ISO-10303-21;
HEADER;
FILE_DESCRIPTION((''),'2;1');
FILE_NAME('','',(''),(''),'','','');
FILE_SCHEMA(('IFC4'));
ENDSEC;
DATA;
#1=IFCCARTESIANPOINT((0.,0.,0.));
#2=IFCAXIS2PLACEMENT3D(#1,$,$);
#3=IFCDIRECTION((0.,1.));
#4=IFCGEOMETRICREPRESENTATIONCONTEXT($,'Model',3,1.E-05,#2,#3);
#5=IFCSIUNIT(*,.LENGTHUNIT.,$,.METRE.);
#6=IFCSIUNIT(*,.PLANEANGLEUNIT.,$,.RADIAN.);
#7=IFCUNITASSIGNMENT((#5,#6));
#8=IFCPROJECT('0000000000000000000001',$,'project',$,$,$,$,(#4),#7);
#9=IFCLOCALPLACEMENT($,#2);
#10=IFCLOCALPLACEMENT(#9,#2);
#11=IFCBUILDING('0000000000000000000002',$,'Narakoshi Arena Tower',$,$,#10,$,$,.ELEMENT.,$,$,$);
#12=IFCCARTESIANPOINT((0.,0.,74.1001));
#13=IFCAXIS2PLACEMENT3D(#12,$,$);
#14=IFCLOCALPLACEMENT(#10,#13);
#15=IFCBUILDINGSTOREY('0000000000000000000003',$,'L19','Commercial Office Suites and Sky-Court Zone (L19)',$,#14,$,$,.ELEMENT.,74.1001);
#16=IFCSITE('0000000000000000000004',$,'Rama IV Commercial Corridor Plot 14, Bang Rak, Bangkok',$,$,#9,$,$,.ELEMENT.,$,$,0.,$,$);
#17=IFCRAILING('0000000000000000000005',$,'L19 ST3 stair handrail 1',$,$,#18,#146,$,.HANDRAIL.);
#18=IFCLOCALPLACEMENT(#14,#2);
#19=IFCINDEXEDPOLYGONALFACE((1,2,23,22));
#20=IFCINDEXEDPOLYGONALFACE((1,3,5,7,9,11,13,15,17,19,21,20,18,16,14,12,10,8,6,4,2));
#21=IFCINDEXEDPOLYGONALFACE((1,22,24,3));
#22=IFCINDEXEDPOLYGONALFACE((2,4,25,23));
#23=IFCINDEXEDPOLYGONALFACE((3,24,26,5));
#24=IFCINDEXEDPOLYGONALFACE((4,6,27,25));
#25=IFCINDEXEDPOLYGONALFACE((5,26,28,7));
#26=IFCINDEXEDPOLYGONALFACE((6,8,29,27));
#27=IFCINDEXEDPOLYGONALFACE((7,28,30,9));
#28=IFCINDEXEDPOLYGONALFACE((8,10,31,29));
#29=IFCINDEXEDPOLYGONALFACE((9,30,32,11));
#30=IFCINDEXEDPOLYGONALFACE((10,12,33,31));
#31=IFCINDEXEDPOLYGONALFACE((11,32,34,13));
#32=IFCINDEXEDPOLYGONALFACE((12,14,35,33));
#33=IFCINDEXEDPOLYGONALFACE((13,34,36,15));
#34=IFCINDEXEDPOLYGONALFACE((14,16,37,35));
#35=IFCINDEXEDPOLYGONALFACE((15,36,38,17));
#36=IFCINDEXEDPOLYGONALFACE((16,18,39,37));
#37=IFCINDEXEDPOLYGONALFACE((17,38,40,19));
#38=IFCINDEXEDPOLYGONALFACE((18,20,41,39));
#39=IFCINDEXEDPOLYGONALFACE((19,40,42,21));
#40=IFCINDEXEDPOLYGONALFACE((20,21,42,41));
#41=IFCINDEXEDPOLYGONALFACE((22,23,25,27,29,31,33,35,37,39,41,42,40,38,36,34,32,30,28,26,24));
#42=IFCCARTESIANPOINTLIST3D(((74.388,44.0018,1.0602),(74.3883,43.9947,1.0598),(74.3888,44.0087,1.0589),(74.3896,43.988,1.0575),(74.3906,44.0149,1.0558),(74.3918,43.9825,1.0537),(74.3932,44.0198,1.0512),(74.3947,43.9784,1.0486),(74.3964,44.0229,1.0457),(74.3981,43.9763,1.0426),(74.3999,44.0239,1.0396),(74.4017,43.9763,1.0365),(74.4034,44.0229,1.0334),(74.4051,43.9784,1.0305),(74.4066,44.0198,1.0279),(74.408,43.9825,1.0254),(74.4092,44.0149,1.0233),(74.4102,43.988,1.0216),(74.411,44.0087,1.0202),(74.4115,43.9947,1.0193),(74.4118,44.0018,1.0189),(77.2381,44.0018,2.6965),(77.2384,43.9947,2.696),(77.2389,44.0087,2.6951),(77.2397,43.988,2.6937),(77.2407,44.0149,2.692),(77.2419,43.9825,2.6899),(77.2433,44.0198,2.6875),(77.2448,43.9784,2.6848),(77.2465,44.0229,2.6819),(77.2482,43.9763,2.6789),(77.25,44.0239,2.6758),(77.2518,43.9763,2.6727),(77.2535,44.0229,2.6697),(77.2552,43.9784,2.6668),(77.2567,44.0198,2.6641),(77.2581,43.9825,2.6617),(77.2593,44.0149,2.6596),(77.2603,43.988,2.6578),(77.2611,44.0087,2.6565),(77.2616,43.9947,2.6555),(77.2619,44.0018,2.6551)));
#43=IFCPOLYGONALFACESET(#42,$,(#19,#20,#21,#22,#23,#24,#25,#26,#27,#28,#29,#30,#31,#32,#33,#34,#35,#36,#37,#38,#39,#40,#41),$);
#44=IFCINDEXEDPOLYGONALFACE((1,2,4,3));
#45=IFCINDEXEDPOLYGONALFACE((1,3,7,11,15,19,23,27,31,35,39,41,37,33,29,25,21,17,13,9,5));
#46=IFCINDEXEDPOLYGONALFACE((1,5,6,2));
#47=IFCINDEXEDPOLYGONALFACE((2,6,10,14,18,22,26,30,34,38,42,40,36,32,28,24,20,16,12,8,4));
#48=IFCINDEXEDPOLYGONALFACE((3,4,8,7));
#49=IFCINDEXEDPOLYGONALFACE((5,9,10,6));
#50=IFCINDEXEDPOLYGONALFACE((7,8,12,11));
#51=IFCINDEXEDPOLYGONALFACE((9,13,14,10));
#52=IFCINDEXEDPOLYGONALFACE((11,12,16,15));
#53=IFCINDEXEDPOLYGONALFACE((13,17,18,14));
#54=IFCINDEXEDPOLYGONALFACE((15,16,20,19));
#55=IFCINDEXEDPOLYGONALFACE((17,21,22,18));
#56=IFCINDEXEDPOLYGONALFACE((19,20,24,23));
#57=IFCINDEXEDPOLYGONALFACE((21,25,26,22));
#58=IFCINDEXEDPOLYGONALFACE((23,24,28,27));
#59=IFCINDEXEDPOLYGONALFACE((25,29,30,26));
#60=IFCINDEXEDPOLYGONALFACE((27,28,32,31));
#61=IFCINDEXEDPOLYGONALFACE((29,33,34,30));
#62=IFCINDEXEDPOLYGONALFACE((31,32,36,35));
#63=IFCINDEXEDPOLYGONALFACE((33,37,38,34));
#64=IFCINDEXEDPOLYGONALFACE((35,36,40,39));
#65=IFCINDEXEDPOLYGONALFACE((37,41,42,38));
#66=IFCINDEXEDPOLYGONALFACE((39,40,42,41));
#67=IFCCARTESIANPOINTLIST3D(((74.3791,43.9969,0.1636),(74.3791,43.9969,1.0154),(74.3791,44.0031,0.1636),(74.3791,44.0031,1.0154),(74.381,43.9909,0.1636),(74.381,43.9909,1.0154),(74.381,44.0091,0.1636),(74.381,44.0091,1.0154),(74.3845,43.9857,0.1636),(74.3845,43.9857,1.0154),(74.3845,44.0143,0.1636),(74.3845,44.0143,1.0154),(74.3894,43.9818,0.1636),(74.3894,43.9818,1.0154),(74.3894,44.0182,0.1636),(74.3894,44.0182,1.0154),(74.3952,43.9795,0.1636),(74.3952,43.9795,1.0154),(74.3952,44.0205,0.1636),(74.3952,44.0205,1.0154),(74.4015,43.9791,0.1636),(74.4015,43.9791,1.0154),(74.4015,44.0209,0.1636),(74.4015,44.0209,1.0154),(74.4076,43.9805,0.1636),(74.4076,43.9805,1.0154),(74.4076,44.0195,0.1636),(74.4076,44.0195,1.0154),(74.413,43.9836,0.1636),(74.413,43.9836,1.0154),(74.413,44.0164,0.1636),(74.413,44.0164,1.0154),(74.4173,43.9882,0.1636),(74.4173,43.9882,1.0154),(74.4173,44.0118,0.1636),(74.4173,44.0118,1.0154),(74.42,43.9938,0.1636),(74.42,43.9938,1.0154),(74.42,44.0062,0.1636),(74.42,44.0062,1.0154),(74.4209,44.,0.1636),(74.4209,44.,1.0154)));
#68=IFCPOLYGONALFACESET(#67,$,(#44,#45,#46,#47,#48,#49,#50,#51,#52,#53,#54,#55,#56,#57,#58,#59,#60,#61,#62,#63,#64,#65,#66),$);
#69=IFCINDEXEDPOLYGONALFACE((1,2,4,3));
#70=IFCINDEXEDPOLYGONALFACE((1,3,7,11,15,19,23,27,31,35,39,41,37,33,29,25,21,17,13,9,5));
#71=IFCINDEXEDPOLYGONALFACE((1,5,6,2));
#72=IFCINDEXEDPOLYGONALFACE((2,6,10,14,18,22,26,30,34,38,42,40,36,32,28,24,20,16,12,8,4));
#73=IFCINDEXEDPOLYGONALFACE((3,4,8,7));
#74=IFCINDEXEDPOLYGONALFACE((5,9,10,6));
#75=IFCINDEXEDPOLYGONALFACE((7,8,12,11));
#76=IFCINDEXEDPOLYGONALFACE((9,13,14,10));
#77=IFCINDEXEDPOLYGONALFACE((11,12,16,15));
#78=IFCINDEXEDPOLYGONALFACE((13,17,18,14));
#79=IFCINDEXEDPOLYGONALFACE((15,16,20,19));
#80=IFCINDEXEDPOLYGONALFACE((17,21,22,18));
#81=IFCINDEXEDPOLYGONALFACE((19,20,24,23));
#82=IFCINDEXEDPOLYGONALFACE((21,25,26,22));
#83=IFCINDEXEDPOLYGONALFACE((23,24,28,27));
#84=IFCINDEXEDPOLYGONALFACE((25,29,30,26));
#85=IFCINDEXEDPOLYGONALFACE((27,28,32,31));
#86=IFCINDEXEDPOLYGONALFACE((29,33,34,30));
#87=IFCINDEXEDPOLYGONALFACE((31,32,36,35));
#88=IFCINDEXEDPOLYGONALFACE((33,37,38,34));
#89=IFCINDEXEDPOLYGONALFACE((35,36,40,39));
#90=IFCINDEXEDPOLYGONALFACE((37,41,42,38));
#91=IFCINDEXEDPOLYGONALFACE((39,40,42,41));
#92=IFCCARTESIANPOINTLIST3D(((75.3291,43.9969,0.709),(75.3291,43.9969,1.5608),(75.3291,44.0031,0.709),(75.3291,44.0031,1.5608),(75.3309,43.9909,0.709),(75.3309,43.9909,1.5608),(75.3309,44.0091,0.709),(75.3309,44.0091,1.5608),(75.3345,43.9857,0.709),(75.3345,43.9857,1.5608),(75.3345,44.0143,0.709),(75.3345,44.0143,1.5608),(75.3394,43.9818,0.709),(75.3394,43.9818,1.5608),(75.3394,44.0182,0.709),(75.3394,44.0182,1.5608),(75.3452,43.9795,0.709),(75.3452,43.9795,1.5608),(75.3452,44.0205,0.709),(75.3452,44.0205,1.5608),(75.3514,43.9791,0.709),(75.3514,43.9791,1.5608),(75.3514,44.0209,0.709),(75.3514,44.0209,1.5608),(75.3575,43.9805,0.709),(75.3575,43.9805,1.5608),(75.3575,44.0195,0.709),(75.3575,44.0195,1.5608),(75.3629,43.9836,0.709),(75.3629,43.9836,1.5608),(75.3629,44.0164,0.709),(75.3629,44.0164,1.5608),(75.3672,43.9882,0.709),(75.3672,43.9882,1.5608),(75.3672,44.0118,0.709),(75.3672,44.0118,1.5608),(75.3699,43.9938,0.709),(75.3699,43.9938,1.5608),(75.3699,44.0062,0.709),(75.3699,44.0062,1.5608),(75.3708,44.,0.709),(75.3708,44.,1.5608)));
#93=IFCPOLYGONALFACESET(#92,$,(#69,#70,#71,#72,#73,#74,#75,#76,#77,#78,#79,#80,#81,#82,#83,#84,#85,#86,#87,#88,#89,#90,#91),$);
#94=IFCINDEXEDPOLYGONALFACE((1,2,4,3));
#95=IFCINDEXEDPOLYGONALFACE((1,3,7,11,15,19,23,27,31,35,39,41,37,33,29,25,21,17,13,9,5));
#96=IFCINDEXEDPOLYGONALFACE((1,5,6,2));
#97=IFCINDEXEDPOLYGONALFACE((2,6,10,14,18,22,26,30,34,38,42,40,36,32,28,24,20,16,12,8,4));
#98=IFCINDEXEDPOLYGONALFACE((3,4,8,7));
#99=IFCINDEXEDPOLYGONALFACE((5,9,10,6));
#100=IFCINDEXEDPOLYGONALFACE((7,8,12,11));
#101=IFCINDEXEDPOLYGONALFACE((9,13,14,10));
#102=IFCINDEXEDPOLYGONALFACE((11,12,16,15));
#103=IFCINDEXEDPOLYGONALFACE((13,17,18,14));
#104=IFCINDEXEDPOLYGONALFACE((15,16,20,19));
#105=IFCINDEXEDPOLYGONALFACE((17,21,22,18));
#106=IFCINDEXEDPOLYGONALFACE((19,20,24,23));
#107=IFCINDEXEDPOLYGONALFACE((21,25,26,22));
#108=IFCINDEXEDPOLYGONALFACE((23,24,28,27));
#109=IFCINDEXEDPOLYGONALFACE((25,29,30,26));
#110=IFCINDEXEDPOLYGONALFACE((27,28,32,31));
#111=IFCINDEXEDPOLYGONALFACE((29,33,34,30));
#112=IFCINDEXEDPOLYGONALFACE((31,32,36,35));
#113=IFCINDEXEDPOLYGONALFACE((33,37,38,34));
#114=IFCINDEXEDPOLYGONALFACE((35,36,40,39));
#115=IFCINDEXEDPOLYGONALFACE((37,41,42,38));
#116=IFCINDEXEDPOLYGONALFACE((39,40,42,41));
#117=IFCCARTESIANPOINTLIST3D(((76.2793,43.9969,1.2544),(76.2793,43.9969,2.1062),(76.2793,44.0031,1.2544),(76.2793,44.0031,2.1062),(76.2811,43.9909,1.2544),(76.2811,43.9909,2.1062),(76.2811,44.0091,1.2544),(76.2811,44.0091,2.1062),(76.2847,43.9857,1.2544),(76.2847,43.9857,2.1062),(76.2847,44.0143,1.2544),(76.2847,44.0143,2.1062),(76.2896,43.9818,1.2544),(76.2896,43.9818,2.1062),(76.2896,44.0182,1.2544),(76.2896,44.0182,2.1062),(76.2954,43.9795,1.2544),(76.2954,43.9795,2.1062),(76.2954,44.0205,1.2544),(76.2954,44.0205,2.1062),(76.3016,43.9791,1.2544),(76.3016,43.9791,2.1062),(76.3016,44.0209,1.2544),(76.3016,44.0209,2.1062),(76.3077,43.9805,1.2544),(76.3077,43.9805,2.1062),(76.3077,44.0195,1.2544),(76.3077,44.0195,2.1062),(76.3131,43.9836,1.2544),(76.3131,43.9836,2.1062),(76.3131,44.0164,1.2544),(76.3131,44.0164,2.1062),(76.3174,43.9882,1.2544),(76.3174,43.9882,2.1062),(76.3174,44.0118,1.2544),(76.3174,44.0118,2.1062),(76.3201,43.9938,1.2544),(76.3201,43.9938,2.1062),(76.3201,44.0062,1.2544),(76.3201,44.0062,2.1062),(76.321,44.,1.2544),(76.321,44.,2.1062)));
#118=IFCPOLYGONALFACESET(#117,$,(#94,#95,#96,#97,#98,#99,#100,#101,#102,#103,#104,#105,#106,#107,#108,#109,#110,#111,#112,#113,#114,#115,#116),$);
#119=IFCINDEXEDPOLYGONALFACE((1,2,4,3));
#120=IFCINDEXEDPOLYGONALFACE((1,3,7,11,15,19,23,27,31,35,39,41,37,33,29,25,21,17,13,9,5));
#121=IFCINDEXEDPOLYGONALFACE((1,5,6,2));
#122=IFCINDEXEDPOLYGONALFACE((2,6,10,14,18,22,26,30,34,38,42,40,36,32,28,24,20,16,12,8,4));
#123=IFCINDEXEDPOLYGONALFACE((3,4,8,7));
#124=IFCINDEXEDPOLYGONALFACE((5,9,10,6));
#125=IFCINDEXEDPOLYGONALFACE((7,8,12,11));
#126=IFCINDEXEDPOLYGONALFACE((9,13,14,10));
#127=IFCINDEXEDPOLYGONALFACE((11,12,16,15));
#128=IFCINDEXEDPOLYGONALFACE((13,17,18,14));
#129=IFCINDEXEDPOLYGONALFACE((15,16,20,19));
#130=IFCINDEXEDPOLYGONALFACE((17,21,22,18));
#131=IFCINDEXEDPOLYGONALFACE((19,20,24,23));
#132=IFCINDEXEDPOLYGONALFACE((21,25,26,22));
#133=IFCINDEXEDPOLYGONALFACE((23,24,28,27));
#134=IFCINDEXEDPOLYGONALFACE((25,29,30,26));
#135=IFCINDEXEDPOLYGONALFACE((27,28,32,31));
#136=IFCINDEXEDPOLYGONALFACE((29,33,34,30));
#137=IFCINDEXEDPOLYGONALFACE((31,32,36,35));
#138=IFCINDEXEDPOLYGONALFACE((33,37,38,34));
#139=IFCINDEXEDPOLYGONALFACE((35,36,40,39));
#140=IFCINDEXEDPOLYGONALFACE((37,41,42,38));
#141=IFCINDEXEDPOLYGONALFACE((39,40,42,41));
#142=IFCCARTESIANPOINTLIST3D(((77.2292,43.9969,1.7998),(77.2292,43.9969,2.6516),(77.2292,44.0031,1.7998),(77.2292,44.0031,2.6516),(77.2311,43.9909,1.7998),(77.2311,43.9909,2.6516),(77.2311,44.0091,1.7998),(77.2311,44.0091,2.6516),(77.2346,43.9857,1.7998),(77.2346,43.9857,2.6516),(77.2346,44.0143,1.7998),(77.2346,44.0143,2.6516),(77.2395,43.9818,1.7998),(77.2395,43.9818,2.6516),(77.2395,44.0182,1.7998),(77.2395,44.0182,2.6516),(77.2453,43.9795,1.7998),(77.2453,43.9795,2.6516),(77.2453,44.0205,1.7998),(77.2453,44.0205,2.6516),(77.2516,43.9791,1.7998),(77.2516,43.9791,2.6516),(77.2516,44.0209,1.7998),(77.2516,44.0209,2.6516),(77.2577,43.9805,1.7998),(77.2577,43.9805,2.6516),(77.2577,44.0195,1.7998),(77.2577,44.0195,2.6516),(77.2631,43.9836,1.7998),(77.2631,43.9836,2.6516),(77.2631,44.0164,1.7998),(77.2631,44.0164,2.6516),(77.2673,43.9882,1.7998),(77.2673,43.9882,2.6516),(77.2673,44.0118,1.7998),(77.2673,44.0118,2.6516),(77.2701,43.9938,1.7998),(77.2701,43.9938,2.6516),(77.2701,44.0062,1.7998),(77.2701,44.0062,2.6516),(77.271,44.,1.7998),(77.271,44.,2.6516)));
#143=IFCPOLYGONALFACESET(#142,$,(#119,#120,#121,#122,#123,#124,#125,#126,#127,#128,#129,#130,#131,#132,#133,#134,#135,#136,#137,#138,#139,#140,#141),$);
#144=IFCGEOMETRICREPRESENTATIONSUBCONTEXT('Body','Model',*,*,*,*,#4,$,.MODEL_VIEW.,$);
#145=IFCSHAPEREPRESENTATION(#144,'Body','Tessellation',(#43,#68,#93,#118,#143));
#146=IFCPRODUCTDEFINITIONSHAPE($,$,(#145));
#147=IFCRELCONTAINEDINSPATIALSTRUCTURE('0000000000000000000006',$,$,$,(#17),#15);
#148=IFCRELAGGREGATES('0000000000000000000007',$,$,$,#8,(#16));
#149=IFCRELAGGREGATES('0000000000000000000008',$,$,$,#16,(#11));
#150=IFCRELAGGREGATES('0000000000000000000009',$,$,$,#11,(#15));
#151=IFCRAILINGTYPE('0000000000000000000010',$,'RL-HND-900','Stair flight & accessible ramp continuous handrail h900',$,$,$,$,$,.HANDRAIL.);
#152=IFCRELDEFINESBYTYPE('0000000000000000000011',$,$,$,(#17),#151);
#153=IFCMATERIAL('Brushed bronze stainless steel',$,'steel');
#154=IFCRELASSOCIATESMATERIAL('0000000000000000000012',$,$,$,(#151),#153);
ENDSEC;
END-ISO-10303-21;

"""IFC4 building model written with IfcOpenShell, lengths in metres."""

from ifc_helpers import new_model, si_unit, direction, frame, origin, origin_2d, place, context, subcontext, project, spatial, circle, extrude, material, type_object, element, save


model = new_model("IFC4")

# Units and contexts
model_context = context("Model", 3, precision=1e-05, world=origin(), true_north=direction((0.0, 1.0)))
body_context = subcontext(model_context, "Body", "Model", "MODEL_VIEW")
ifc_project = project(units=[si_unit("LENGTHUNIT", "METRE"), si_unit("PLANEANGLEUNIT", "RADIAN")], contexts=[model_context])

# Site, building, storey
site_placement = place(None, origin())
site = spatial("IfcSite", under=ifc_project, at=site_placement, Name="Rama IV Commercial Corridor Plot 14, Bang Rak, Bangkok", CompositionType="ELEMENT", RefElevation=0.0)
building_placement = place(site_placement, origin())
building = spatial("IfcBuilding", under=site, at=building_placement, Name="Narakoshi Arena Tower", CompositionType="ELEMENT")
storey_placement = place(building_placement, frame((0.0, 0.0, 74.1001)))
storey = spatial("IfcBuildingStorey", under=building, at=storey_placement, Name="L19", Description="Commercial Office Suites and Sky-Court Zone (L19)", CompositionType="ELEMENT", Elevation=74.1001)

# Shared definitions
ifc_material_1 = material(Name="Brushed bronze stainless steel", Category="steel")

# Railing
railing_type_1 = type_object("IfcRailingType", Name="RL-HND-900", Description="Stair flight & accessible ramp continuous handrail h900", PredefinedType="HANDRAIL", material=ifc_material_1)
railing_1_placement = place(storey_placement, frame((74.3999, 44.0, 0.1636)))
element("IfcRailing", 1, at=railing_1_placement, inside=storey, type_object=railing_type_1, Name="L19 ST3 stair handrail 1", PredefinedType="HANDRAIL", context=body_context, shape_type="SweptSolid", body=[
    extrude(circle(Radius=0.0239, at=origin_2d()), frame((0.0, 0.0, 0.876), z_axis=(0.867245, 0.0, 0.497882), x_axis=(0.0, 1.0, 0.0)), (0.0, 0.0, 1.0), 3.2864),
    extrude(circle(Radius=0.021, at=origin_2d()), origin(), (0.0, 0.0, 1.0), 0.8518),
    extrude(circle(Radius=0.021, at=origin_2d()), frame((0.95, 0.0, 0.5454)), (0.0, 0.0, 1.0), 0.8518),
    extrude(circle(Radius=0.021, at=origin_2d()), frame((1.9001, 0.0, 1.0908)), (0.0, 0.0, 1.0), 0.8518),
    extrude(circle(Radius=0.021, at=origin_2d()), frame((2.8501, 0.0, 1.6362)), (0.0, 0.0, 1.0), 0.8518),
])

save(model, "model.ifc")
